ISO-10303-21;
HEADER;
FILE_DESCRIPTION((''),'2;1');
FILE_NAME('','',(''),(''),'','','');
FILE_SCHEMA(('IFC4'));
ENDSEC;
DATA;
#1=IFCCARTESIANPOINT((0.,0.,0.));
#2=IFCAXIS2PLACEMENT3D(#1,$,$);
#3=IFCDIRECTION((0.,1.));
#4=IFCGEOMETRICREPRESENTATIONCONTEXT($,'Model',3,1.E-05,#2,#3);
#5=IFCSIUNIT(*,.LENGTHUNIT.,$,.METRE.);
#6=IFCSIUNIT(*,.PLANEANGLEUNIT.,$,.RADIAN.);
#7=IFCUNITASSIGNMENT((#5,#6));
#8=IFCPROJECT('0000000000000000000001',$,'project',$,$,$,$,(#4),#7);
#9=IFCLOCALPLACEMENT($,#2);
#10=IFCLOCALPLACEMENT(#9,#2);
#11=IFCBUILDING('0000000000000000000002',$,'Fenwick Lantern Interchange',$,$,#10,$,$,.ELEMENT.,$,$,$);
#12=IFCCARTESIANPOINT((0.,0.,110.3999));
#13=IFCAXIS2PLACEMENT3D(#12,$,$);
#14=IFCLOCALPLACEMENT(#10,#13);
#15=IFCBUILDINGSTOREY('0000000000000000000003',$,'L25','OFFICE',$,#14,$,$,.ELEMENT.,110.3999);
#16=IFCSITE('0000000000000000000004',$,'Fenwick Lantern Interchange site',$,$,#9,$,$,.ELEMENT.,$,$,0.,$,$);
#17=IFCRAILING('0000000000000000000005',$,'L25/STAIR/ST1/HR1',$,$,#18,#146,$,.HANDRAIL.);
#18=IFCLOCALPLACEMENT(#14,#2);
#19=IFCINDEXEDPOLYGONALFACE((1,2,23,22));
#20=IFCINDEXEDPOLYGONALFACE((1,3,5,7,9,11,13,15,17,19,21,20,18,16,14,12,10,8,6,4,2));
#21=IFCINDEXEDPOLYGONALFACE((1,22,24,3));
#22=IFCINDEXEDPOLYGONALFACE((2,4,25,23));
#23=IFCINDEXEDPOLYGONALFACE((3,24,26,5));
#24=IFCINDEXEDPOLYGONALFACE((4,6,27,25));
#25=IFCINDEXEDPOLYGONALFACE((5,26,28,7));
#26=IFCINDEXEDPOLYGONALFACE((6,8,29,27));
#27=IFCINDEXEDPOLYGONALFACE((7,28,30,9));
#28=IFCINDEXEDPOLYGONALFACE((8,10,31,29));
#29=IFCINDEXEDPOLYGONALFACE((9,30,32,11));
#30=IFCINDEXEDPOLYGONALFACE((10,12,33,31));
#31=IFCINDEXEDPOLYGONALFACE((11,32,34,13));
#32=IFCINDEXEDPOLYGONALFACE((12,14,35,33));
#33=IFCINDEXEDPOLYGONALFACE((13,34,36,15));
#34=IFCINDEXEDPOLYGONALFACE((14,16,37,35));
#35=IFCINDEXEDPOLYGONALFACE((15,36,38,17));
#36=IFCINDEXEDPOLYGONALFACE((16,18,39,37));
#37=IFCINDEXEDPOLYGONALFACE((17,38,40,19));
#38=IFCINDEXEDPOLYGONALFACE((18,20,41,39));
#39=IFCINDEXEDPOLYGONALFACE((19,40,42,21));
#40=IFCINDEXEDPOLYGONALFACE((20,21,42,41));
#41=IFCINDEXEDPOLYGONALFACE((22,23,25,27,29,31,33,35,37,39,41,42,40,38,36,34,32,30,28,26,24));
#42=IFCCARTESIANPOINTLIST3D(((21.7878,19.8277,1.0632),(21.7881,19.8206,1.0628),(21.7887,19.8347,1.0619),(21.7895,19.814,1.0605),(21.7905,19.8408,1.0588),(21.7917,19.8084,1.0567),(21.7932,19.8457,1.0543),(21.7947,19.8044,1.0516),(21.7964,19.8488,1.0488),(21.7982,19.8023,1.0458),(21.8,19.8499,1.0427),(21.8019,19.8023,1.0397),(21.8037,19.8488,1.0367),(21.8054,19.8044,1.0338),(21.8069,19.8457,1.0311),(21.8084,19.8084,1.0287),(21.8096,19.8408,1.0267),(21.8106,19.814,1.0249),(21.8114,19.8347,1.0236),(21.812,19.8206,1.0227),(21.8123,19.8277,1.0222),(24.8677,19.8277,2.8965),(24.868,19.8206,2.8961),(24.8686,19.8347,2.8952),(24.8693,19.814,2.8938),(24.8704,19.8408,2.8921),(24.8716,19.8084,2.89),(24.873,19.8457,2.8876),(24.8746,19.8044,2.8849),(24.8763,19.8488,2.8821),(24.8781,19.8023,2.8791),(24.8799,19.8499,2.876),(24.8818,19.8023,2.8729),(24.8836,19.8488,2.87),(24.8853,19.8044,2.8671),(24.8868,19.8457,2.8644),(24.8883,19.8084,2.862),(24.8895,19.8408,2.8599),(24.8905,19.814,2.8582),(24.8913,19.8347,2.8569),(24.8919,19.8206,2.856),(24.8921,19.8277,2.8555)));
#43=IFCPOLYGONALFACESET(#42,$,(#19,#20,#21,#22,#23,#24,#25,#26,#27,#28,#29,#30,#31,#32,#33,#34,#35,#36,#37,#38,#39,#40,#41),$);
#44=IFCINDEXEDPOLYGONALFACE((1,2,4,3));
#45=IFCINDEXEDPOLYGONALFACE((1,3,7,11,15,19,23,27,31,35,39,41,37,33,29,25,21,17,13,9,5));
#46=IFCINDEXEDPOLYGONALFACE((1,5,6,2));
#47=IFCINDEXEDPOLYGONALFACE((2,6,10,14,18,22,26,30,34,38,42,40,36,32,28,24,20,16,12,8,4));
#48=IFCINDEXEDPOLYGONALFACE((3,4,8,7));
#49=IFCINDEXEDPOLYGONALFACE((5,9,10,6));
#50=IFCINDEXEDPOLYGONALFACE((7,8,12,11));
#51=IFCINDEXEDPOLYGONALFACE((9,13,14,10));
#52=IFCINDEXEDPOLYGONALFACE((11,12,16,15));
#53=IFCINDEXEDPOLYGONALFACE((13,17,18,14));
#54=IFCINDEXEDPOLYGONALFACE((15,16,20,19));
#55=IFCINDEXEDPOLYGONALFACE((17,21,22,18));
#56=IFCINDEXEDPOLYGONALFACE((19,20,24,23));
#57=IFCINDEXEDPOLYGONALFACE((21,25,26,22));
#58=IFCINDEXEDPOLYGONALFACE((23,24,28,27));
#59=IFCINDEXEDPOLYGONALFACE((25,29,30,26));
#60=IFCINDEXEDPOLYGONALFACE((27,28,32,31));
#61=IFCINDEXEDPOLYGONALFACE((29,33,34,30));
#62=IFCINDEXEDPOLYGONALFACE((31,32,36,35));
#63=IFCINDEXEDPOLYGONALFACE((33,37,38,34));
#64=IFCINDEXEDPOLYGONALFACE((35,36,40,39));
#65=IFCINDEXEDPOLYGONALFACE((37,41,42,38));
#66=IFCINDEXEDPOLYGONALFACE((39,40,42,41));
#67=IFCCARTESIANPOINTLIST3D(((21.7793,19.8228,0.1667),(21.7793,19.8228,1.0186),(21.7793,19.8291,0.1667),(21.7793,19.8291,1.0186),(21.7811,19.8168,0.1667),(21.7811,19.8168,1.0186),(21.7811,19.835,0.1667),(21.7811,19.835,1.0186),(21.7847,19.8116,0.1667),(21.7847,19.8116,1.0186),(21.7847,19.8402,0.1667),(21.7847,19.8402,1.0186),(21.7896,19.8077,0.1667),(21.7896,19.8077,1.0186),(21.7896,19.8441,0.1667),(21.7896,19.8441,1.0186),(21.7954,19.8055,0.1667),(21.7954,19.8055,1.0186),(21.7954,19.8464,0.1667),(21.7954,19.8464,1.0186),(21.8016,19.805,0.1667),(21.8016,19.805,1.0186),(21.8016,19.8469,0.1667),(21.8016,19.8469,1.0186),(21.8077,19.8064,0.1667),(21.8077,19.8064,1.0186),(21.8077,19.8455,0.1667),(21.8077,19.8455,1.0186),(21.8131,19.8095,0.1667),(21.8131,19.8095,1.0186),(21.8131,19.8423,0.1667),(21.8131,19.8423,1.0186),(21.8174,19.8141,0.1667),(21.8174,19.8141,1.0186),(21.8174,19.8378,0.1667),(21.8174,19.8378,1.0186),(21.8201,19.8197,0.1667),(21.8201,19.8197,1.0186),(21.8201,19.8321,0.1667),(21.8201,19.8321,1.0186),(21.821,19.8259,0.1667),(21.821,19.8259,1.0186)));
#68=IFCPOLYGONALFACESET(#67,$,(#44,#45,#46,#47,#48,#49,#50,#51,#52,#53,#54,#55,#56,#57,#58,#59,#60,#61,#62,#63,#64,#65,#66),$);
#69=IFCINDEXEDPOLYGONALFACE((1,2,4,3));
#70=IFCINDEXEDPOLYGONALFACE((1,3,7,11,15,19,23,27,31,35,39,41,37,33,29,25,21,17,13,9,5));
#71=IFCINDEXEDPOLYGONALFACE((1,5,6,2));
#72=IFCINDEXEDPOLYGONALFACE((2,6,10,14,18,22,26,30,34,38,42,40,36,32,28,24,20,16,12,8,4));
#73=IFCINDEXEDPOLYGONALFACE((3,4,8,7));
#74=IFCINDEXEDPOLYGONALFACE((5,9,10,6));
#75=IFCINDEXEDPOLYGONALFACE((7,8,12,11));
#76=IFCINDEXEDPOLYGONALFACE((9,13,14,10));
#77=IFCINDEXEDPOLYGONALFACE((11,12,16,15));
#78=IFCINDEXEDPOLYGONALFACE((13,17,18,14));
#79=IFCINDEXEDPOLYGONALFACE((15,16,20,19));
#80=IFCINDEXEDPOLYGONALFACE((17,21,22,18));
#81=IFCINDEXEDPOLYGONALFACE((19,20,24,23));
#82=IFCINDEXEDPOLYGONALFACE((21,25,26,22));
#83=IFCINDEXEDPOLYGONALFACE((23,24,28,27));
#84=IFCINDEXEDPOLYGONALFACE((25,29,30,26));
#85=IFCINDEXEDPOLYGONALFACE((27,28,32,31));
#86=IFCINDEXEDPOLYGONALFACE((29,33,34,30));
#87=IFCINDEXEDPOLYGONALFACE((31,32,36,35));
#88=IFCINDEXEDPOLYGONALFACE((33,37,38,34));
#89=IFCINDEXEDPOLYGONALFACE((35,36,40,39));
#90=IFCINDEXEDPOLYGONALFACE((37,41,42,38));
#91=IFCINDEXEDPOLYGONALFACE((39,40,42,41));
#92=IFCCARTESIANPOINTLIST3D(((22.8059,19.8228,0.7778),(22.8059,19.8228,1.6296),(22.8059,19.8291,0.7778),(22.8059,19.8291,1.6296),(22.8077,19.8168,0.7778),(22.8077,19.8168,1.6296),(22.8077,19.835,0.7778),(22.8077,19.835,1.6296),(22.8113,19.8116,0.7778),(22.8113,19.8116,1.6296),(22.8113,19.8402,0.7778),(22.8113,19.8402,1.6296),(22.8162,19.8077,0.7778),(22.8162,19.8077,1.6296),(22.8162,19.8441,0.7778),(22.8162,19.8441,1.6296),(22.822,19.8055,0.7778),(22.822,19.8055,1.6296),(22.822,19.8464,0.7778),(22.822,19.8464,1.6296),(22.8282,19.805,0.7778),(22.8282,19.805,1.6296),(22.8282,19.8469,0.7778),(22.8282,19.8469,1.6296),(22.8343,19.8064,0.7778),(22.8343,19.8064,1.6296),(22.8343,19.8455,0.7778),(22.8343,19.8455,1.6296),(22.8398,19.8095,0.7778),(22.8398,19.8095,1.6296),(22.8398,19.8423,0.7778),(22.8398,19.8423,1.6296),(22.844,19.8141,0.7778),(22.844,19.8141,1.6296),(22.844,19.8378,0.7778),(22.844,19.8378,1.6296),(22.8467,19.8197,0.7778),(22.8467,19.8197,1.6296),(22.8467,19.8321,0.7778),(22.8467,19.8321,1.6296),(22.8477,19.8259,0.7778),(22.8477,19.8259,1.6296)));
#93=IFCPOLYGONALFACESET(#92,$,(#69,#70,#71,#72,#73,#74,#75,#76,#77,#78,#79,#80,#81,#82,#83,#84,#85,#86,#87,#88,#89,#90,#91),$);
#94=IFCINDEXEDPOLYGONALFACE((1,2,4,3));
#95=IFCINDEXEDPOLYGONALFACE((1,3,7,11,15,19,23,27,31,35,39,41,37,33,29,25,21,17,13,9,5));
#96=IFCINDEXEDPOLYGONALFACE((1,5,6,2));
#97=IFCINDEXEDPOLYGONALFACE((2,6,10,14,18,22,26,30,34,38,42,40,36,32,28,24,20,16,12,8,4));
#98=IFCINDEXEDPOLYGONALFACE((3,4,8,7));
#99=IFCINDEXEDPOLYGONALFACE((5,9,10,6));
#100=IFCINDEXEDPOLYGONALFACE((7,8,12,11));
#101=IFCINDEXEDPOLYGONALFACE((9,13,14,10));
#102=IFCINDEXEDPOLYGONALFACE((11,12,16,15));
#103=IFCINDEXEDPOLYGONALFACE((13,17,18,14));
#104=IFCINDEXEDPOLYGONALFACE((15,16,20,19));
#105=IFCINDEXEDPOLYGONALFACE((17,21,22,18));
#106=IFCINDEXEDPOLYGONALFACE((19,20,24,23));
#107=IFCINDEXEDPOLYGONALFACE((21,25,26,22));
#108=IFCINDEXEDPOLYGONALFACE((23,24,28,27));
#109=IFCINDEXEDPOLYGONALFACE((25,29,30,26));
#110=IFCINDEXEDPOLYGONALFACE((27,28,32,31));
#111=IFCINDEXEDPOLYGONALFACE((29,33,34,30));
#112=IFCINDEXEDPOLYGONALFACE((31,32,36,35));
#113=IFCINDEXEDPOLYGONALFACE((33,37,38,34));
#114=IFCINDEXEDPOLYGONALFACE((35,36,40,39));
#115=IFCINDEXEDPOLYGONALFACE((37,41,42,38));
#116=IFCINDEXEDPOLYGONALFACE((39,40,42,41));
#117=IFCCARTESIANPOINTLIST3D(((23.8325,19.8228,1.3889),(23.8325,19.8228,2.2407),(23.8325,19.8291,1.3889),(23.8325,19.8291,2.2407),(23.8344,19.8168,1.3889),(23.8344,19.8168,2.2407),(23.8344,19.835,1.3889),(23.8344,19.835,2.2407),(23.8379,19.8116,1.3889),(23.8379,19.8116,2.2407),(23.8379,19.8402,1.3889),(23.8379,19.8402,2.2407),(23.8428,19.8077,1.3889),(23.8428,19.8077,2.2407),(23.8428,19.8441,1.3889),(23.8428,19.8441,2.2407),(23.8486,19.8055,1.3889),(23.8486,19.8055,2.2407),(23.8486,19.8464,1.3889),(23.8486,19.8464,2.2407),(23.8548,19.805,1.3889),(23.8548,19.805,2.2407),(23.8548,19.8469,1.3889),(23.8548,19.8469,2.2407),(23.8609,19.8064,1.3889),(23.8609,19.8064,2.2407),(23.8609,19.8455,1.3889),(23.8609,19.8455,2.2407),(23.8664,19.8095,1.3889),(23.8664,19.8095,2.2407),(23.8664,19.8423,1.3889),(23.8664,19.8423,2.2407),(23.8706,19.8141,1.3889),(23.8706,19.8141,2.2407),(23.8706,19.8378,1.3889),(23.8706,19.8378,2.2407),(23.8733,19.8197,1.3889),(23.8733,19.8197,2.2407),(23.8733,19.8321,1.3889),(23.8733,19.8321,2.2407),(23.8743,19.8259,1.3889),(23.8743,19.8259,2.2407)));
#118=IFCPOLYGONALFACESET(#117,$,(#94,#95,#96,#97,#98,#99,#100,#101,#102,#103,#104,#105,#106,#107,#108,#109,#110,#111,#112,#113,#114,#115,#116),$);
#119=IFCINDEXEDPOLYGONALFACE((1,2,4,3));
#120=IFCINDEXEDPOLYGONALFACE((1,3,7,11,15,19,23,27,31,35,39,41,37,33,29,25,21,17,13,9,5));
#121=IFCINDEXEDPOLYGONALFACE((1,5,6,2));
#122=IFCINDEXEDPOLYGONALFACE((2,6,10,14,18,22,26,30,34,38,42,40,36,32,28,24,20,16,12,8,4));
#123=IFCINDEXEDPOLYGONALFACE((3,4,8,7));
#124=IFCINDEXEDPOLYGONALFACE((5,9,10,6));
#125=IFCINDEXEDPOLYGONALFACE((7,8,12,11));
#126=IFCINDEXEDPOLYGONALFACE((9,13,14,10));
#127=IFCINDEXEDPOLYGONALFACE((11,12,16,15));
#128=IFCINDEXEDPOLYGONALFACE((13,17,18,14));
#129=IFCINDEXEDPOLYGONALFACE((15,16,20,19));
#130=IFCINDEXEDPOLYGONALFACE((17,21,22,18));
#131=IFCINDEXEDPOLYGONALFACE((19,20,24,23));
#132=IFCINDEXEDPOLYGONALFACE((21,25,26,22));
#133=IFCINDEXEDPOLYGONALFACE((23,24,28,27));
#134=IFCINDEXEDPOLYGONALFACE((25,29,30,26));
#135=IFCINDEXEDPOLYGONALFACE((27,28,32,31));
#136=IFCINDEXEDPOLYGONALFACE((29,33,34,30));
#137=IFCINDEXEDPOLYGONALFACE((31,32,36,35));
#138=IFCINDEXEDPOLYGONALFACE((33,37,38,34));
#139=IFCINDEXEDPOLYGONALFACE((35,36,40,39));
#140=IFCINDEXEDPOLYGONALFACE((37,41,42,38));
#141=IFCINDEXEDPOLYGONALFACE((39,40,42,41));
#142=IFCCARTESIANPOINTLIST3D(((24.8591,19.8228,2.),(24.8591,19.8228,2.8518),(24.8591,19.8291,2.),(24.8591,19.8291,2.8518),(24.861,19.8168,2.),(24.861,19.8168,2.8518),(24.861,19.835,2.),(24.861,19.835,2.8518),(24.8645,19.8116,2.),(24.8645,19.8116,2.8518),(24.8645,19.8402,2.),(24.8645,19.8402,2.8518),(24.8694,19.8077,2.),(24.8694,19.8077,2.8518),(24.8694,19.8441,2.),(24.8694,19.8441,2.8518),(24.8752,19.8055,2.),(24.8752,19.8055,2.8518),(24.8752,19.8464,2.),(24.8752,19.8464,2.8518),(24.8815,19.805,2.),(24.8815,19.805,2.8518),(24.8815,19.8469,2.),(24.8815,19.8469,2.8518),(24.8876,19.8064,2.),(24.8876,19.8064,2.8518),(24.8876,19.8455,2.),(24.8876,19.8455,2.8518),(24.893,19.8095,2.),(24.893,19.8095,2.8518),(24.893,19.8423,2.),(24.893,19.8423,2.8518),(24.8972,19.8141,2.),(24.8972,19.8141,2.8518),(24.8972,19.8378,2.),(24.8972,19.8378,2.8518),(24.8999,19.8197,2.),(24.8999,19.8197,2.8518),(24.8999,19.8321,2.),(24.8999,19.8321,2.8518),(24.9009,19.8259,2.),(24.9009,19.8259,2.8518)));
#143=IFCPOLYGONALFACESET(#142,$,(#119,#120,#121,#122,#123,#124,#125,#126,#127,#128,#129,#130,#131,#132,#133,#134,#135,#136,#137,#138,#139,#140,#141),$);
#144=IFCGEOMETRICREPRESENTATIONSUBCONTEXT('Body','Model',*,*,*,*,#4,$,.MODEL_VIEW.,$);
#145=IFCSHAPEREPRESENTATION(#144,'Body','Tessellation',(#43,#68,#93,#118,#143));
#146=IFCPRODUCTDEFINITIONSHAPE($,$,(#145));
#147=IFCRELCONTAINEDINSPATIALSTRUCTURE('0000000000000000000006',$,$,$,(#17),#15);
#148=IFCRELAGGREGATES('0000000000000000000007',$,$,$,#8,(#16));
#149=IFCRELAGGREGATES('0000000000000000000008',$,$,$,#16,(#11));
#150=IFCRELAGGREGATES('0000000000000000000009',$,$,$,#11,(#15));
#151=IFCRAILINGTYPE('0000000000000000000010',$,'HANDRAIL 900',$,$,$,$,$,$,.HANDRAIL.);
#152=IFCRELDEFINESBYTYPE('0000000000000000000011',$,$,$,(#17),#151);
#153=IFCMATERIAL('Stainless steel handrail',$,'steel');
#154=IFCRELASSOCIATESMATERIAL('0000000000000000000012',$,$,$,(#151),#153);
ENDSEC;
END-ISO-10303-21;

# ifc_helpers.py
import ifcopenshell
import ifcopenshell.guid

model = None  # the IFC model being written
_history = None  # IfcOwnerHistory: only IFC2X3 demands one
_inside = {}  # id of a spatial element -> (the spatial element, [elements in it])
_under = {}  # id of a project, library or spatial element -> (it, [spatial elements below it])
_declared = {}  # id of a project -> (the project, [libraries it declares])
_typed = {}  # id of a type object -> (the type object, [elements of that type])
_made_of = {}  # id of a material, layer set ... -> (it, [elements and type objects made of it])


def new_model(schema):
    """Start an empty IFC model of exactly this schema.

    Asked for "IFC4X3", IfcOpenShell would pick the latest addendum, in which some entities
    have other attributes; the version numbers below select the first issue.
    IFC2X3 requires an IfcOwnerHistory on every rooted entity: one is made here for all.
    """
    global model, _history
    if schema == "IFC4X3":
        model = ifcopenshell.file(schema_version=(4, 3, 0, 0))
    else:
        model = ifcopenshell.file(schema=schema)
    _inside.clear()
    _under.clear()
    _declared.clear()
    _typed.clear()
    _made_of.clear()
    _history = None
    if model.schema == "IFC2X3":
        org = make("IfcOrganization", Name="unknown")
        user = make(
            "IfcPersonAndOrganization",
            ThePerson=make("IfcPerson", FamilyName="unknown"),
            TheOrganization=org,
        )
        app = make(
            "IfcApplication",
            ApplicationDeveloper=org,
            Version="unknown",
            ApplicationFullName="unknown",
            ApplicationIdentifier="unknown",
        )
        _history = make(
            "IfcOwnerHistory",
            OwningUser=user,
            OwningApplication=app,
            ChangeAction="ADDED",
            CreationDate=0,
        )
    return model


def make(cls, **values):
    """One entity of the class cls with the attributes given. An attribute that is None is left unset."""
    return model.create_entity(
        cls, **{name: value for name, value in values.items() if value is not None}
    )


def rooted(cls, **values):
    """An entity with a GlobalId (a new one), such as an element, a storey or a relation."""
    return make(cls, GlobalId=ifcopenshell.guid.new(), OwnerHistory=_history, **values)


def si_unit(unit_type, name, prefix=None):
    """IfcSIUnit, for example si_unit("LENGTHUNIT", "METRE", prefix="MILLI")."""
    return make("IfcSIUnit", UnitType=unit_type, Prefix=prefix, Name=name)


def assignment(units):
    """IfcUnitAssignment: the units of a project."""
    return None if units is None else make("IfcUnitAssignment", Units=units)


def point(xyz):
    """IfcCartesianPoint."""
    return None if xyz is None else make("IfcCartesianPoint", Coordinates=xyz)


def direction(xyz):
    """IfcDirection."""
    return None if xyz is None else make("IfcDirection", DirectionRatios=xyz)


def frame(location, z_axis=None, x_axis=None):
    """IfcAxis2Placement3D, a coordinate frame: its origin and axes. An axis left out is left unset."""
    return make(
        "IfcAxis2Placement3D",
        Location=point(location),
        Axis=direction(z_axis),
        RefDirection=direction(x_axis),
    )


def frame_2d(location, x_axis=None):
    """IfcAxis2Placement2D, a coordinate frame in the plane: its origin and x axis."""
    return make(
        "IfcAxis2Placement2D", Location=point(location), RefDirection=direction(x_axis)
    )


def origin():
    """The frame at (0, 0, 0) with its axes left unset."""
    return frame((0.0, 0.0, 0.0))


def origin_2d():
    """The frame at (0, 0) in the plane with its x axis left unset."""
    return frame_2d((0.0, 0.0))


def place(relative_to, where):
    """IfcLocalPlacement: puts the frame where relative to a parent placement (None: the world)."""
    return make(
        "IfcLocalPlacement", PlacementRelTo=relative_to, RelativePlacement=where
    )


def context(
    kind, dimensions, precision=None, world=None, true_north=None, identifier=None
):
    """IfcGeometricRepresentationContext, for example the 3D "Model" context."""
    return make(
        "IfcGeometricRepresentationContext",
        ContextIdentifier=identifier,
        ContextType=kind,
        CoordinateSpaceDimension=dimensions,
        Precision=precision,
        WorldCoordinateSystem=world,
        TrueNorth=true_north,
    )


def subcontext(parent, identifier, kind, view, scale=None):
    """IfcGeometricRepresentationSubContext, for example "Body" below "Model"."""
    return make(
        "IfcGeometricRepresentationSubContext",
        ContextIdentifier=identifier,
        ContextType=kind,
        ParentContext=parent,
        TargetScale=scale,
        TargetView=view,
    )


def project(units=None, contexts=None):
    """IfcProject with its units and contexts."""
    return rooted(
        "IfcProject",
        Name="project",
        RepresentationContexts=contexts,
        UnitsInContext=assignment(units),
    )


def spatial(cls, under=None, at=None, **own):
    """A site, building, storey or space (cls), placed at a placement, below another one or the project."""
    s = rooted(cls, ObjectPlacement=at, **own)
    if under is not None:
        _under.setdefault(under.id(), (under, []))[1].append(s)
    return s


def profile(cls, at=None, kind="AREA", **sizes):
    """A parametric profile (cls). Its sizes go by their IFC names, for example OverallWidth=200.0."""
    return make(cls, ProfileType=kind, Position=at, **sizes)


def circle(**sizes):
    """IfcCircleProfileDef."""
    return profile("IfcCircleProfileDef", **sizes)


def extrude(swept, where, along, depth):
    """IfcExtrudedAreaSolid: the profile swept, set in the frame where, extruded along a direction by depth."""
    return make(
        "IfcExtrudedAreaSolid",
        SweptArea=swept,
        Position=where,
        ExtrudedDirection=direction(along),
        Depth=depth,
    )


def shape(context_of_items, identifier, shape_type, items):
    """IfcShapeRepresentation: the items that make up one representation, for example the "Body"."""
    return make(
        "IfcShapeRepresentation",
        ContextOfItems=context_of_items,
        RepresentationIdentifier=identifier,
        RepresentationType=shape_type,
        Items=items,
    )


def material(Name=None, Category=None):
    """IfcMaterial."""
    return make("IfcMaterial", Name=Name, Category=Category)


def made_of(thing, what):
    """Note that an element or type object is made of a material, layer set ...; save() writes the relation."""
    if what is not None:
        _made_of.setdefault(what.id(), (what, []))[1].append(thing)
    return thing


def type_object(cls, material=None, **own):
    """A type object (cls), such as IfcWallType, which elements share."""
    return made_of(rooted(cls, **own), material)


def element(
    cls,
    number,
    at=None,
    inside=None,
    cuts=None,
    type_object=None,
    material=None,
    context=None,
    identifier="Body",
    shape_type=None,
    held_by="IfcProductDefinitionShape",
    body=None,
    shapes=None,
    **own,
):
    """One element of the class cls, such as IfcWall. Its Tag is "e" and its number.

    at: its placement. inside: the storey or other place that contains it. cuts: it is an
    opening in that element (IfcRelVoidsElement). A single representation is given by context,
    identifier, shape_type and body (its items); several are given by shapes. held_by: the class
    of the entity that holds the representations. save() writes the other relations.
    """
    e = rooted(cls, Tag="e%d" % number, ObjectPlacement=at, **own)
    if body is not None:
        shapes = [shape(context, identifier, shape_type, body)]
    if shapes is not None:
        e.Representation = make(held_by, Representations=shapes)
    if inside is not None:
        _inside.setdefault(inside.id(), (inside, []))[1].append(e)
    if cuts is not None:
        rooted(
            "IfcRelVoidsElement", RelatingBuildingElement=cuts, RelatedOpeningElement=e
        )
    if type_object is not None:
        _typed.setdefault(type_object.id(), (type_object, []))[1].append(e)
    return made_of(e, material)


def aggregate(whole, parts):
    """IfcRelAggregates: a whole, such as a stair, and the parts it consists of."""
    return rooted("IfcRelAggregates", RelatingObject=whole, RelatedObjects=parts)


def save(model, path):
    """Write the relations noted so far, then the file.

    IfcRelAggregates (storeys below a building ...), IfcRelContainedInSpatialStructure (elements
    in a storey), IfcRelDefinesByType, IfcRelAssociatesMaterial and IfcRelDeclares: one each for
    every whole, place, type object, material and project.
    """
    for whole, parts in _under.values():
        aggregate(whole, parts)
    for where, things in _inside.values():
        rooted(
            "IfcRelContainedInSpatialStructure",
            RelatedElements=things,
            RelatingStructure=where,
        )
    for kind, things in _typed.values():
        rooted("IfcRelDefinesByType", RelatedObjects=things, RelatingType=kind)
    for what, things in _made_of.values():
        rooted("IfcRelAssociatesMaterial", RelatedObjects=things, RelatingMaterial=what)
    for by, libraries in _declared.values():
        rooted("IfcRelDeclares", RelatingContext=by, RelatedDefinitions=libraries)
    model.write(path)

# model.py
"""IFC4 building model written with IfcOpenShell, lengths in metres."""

from ifc_helpers import new_model, si_unit, direction, frame, origin, origin_2d, place, context, subcontext, project, spatial, circle, extrude, material, type_object, element, save


model = new_model("IFC4")

# Units and contexts
model_context = context("Model", 3, precision=1e-05, world=origin(), true_north=direction((0.0, 1.0)))
body_context = subcontext(model_context, "Body", "Model", "MODEL_VIEW")
ifc_project = project(units=[si_unit("LENGTHUNIT", "METRE"), si_unit("PLANEANGLEUNIT", "RADIAN")], contexts=[model_context])

# Site, building, storey
site_placement = place(None, origin())
site = spatial("IfcSite", under=ifc_project, at=site_placement, Name="Fenwick Lantern Interchange site", CompositionType="ELEMENT", RefElevation=0.0)
building_placement = place(site_placement, origin())
building = spatial("IfcBuilding", under=site, at=building_placement, Name="Fenwick Lantern Interchange", CompositionType="ELEMENT")
storey_placement = place(building_placement, frame((0.0, 0.0, 110.3999)))
storey = spatial("IfcBuildingStorey", under=building, at=storey_placement, Name="L25", Description="OFFICE", CompositionType="ELEMENT", Elevation=110.3999)

# Railing
ifc_material_1 = material(Name="Stainless steel handrail", Category="steel")
railing_type = type_object("IfcRailingType", Name="HANDRAIL 900", PredefinedType="HANDRAIL", material=ifc_material_1)
railing_1_placement = place(storey_placement, frame((21.8, 19.8259, 0.1667)))
element("IfcRailing", 1, at=railing_1_placement, inside=storey, type_object=railing_type, Name="L25/STAIR/ST1/HR1", PredefinedType="HANDRAIL", context=body_context, shape_type="SweptSolid", body=[
    extrude(circle(Radius=0.0239, at=origin_2d()), frame((0.0, 0.0, 0.876), z_axis=(0.859291, 0.0, 0.511487), x_axis=(0.0, 1.0, 0.0)), (0.0, 0.0, 1.0), 3.5842),
    extrude(circle(Radius=0.021, at=origin_2d()), origin(), (0.0, 0.0, 1.0), 0.8518),
    extrude(circle(Radius=0.021, at=origin_2d()), frame((1.0266, 0.0, 0.6111)), (0.0, 0.0, 1.0), 0.8518),
    extrude(circle(Radius=0.021, at=origin_2d()), frame((2.0532, 0.0, 1.2222)), (0.0, 0.0, 1.0), 0.8518),
    extrude(circle(Radius=0.021, at=origin_2d()), frame((3.0798, 0.0, 1.8333)), (0.0, 0.0, 1.0), 0.8518),
])

save(model, "model.ifc")
